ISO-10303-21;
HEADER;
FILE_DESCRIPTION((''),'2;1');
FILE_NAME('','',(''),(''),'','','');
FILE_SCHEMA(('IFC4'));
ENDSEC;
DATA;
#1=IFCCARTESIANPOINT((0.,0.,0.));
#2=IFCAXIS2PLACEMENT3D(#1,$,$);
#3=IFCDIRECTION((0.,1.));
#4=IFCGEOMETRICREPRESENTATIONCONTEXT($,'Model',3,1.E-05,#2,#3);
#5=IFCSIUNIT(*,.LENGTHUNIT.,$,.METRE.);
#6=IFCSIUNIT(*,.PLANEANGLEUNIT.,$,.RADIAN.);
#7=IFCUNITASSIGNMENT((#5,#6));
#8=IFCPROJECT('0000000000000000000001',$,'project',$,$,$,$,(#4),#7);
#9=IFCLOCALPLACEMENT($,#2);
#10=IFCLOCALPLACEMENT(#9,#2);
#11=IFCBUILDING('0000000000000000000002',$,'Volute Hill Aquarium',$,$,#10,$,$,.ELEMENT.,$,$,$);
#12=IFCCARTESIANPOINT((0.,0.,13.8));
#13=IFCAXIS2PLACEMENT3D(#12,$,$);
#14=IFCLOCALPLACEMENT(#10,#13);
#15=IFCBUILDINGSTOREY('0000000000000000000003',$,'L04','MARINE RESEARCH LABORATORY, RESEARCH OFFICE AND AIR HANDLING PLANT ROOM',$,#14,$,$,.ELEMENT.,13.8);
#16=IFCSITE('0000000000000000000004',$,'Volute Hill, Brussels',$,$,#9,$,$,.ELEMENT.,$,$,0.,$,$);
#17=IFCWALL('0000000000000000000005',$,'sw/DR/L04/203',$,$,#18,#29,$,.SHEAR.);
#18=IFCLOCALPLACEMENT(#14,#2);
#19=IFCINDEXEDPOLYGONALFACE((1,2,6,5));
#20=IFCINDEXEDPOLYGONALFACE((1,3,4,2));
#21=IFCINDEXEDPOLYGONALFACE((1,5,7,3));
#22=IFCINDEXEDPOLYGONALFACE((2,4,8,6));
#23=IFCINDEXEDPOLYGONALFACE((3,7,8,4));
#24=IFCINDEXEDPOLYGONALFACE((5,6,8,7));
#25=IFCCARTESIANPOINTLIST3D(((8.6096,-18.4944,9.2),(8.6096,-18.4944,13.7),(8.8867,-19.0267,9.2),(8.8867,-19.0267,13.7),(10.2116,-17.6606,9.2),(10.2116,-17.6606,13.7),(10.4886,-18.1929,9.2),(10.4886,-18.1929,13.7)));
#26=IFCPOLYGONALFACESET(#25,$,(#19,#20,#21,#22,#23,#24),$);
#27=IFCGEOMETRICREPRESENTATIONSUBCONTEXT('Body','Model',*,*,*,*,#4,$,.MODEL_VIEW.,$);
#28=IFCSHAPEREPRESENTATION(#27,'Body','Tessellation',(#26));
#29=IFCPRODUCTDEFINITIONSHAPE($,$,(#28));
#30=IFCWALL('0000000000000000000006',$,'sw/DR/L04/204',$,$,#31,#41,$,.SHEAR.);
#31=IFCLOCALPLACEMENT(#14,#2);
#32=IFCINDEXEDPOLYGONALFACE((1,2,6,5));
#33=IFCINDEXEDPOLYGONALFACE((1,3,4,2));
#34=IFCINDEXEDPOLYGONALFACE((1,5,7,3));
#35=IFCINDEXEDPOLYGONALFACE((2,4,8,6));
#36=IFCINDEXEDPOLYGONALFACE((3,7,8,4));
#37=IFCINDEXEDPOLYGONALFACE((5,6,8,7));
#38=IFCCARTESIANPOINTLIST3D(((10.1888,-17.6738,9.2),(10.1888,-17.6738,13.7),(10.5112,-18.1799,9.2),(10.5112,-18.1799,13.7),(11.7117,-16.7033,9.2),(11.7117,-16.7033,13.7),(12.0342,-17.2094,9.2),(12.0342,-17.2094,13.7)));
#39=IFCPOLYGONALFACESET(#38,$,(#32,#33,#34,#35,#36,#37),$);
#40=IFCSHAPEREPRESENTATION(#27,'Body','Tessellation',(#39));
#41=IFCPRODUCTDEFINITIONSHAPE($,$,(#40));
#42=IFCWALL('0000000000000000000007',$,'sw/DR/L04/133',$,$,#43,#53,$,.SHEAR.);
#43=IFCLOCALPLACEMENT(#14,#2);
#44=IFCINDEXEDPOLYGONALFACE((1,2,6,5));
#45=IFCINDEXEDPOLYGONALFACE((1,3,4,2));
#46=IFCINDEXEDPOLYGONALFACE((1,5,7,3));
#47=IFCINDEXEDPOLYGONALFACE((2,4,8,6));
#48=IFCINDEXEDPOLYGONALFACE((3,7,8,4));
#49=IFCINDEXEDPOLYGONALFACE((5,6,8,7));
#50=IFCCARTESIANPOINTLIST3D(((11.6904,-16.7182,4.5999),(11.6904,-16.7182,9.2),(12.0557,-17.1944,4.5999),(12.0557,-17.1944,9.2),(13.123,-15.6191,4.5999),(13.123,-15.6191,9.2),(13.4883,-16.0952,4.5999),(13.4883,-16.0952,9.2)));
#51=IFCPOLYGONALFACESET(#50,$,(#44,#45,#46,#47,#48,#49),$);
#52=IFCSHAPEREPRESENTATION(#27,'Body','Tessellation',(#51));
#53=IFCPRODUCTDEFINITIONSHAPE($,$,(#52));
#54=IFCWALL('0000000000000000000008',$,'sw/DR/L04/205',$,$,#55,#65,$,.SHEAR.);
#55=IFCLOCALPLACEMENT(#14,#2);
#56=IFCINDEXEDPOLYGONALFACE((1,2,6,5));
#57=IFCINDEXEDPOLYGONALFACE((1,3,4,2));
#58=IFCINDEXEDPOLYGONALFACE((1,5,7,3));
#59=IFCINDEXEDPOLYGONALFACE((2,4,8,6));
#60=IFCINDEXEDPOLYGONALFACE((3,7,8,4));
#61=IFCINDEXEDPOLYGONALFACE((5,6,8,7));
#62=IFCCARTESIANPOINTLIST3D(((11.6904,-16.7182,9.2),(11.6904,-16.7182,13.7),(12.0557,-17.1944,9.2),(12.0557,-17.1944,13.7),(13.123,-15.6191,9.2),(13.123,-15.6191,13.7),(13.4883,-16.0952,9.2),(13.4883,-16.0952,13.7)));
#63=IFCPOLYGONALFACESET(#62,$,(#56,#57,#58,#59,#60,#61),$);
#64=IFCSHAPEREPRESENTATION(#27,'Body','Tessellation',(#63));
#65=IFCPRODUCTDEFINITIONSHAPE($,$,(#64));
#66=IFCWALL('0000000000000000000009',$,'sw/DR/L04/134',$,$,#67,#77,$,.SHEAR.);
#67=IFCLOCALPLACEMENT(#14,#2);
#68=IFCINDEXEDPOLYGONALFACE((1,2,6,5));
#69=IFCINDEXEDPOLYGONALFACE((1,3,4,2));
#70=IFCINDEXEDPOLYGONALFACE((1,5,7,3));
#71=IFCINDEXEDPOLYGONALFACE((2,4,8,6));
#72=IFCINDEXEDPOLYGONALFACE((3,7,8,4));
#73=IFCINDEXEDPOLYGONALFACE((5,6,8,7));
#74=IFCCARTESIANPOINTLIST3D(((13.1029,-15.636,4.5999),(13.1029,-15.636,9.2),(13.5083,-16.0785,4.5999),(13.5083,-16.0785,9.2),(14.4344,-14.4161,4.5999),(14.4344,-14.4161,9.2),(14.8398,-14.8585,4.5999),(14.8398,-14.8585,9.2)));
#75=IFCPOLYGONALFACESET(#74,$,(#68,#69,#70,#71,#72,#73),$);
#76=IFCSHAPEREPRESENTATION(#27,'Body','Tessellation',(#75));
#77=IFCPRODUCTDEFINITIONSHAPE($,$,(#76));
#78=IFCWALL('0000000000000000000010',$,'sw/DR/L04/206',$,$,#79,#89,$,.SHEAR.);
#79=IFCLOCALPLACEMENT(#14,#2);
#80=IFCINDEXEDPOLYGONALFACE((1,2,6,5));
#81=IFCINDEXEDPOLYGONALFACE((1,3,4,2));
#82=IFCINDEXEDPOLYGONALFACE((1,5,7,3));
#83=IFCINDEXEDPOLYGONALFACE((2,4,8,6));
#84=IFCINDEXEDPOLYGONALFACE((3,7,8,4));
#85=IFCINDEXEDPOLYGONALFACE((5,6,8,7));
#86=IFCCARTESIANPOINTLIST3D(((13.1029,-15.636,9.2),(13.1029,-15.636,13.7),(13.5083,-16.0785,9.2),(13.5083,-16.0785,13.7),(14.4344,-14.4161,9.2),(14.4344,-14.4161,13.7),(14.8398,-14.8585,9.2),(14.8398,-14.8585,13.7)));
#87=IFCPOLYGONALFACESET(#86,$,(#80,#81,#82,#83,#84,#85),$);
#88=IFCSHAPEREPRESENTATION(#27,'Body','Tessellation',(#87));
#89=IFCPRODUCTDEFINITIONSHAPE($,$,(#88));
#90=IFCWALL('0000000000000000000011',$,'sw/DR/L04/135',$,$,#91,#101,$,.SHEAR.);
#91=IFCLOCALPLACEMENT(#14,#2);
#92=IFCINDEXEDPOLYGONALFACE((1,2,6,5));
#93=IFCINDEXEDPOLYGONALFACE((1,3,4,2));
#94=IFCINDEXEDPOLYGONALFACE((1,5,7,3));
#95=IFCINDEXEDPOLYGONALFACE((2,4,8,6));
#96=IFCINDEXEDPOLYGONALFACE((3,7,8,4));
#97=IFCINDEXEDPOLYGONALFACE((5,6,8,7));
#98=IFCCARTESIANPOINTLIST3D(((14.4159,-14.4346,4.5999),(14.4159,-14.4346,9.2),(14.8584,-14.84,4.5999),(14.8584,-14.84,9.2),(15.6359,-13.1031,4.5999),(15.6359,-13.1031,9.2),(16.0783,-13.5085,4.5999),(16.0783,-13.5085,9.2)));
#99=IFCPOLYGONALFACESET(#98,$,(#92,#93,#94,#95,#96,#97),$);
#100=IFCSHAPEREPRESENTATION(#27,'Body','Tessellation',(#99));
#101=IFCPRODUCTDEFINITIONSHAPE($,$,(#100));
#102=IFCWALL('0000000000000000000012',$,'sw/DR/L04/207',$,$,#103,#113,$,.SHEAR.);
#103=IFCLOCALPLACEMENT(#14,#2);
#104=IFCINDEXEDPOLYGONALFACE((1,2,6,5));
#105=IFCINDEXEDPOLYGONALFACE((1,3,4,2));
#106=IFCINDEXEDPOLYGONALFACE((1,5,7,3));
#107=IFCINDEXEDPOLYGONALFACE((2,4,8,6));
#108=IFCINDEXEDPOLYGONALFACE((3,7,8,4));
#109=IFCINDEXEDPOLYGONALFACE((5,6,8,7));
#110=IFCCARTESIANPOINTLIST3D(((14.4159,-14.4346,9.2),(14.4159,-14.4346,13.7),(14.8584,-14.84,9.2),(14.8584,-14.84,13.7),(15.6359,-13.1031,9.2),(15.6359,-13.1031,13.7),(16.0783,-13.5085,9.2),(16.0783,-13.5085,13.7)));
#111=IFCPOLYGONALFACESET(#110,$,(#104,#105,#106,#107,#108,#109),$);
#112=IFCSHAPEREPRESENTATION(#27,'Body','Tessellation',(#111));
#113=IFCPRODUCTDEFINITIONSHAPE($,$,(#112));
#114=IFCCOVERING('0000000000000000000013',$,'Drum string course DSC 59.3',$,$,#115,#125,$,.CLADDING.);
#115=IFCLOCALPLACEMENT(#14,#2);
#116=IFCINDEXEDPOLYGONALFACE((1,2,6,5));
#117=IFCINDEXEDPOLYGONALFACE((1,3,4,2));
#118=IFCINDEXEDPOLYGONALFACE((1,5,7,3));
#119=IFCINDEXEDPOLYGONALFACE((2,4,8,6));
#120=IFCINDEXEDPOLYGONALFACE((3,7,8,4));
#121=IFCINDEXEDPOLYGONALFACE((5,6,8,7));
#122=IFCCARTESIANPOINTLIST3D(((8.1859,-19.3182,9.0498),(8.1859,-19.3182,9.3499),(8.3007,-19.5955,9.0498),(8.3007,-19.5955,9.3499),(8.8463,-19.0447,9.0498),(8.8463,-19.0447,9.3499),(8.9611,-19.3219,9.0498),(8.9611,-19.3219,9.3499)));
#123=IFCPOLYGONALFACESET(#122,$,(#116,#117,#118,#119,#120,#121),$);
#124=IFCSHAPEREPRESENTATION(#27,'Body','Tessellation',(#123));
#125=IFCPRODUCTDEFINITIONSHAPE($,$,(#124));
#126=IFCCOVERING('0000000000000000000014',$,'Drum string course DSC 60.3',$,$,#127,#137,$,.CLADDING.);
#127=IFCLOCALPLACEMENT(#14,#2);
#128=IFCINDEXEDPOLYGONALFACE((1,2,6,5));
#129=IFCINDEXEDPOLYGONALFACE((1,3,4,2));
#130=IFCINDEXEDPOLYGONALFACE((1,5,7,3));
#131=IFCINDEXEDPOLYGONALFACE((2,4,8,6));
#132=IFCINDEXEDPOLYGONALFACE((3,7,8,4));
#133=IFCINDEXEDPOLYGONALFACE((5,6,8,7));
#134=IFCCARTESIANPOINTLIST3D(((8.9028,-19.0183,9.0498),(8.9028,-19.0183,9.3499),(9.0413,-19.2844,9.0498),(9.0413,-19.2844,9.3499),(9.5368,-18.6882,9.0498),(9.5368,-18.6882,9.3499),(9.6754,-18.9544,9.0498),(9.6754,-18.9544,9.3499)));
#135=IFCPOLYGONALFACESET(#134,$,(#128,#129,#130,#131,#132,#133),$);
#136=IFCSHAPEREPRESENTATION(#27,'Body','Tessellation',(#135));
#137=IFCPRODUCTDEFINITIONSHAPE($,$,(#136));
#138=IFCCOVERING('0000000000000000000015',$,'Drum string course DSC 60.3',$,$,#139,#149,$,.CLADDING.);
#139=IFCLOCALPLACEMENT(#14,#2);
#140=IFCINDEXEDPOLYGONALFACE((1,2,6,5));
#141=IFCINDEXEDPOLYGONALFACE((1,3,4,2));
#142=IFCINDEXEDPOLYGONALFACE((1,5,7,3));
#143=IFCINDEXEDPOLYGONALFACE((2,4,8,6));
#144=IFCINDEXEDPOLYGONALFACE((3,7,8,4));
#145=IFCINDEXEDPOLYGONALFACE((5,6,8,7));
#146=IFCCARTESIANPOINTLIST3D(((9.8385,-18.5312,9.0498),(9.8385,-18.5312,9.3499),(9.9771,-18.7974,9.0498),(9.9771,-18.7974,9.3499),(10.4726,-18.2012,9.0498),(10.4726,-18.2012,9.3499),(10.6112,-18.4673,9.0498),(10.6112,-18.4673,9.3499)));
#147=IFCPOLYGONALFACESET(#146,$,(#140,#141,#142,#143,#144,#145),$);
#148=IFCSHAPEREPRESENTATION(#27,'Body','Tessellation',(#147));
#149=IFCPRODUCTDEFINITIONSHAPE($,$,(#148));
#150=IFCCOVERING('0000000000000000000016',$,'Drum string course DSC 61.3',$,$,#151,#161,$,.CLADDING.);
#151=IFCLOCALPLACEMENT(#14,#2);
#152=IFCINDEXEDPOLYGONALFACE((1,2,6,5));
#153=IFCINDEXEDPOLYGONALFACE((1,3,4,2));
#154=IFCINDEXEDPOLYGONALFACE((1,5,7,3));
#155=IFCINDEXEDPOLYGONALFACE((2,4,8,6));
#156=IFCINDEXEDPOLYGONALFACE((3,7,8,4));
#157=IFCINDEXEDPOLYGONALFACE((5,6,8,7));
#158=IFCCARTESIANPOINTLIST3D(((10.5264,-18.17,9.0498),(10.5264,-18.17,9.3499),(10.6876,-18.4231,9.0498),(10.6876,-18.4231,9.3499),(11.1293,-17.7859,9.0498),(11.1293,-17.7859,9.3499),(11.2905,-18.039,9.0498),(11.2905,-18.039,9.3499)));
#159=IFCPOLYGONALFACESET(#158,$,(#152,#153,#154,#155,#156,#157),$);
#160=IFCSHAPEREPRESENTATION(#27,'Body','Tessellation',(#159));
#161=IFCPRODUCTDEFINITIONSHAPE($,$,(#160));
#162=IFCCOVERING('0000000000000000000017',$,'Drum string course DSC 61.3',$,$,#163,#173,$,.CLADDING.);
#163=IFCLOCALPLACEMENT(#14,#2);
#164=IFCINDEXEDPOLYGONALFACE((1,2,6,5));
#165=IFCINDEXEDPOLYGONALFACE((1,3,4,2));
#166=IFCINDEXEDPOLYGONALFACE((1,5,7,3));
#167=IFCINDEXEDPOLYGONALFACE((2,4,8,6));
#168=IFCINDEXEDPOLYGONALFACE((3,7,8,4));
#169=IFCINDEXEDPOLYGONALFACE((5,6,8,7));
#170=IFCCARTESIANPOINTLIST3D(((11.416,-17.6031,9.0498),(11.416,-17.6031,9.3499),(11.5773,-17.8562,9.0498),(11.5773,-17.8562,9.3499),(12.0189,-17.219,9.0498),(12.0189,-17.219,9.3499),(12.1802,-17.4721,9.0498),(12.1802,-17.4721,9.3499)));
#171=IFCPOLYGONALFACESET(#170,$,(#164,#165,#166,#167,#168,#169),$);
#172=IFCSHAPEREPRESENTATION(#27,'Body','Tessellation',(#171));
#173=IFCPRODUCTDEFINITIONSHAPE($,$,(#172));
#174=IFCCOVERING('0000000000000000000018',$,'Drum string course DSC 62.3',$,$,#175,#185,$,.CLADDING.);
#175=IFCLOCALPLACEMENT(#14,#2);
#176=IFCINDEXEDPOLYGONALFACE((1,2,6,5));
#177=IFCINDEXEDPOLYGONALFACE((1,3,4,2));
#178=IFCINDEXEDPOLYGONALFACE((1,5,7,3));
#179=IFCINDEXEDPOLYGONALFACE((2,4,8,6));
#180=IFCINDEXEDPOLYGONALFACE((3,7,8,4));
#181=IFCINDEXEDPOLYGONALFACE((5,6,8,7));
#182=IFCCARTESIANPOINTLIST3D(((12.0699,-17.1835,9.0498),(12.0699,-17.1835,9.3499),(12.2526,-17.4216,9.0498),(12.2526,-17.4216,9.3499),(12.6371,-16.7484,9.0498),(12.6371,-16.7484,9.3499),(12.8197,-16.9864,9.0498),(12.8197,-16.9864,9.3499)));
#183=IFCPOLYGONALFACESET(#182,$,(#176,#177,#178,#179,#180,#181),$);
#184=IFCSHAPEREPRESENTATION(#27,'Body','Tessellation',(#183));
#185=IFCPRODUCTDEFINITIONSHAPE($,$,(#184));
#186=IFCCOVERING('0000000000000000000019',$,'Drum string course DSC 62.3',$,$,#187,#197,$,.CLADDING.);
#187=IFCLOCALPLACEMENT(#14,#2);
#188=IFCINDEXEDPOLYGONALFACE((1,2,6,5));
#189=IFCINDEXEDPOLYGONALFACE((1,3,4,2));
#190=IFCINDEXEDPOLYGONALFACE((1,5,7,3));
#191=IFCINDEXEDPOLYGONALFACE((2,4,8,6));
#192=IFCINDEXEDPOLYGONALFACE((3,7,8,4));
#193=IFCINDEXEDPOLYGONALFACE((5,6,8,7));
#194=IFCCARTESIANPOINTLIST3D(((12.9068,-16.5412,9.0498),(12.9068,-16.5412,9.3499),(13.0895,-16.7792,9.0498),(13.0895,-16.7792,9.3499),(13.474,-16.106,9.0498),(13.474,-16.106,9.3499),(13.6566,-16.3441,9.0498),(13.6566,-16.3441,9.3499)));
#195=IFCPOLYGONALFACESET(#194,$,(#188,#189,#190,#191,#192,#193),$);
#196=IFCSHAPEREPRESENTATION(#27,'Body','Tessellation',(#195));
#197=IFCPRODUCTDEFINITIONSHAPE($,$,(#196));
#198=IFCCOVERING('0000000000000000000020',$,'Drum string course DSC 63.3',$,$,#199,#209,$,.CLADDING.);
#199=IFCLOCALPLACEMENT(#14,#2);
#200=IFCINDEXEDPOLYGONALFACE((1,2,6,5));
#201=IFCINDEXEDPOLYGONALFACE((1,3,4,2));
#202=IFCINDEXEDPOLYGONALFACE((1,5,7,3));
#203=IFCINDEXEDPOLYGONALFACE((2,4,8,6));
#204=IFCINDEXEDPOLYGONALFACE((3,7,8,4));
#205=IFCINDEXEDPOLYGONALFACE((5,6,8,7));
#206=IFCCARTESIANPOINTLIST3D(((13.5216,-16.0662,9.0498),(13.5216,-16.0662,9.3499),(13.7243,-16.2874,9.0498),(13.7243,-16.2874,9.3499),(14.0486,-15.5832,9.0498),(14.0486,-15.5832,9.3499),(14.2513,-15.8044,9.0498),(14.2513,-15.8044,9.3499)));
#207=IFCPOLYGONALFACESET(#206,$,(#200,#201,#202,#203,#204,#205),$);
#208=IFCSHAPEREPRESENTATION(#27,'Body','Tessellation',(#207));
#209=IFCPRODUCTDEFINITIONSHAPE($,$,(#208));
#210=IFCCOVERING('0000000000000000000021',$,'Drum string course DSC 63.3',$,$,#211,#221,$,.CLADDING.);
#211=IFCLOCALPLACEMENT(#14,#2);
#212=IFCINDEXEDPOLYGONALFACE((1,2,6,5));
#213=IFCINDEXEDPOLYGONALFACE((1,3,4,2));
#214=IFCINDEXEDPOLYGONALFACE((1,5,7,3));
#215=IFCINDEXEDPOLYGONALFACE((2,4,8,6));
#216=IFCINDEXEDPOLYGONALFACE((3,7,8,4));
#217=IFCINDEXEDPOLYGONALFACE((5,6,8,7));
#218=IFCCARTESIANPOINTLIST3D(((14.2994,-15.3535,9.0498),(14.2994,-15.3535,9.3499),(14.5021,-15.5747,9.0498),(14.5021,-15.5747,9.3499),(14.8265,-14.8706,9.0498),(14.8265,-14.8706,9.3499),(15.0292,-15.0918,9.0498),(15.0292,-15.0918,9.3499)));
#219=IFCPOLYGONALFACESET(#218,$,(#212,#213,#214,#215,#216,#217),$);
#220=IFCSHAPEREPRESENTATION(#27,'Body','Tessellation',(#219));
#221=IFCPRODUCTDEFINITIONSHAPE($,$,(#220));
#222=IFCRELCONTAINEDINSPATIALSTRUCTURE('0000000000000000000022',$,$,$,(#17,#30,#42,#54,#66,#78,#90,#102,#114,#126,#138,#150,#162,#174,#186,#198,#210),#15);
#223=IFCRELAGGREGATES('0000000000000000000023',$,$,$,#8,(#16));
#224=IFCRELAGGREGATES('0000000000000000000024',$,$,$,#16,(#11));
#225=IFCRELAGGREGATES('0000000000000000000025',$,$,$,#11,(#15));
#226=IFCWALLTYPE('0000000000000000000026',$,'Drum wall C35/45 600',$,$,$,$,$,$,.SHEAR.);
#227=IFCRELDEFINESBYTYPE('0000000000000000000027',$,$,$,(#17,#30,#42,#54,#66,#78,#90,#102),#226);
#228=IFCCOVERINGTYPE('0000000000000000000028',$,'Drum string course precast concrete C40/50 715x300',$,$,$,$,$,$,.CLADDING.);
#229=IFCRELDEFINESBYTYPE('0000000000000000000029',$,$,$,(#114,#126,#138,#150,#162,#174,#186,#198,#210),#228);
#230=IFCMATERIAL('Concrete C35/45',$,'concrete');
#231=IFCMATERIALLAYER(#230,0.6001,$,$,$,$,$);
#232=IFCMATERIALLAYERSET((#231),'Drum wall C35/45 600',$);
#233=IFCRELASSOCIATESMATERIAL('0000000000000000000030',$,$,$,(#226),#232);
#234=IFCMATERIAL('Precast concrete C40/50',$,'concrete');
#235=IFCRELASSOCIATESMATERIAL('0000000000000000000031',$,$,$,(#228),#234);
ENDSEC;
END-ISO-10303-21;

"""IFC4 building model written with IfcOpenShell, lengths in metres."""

from ifc_helpers import new_model, si_unit, direction, frame, frame_2d, origin, origin_2d, place, context, subcontext, project, spatial, rectangle, extrude, material, layer, layer_set, type_object, element, save


model = new_model("IFC4")

# Units and contexts
model_context = context("Model", 3, precision=1e-05, world=origin(), true_north=direction((0.0, 1.0)))
body_context = subcontext(model_context, "Body", "Model", "MODEL_VIEW")
ifc_project = project(units=[si_unit("LENGTHUNIT", "METRE"), si_unit("PLANEANGLEUNIT", "RADIAN")], contexts=[model_context])

# Site, building, storey
site_placement = place(None, origin())
site = spatial("IfcSite", under=ifc_project, at=site_placement, Name="Volute Hill, Brussels", CompositionType="ELEMENT", RefElevation=0.0)
building_placement = place(site_placement, origin())
building = spatial("IfcBuilding", under=site, at=building_placement, Name="Volute Hill Aquarium", CompositionType="ELEMENT")
storey_placement = place(building_placement, frame((0.0, 0.0, 13.8)))
storey = spatial("IfcBuildingStorey", under=building, at=storey_placement, Name="L04", Description="MARINE RESEARCH LABORATORY, RESEARCH OFFICE AND AIR HANDLING PLANT ROOM", CompositionType="ELEMENT", Elevation=13.8)

# Walls
ifc_material_1 = material(Name="Concrete C35/45", Category="concrete")
ifc_layer_1 = layer(ifc_material_1, 0.6001)
ifc_layer_set_1 = layer_set([ifc_layer_1], Name="Drum wall C35/45 600")
wall_type = type_object("IfcWallType", Name="Drum wall C35/45 600", PredefinedType="SHEAR", material=ifc_layer_set_1)
for number, where, z_axis, x_axis, name in (
    (1, (8.7483, -18.7605, 9.2), (0.0, 0.0, 1.0), (0.887035, 0.461702, 0.0), "sw/DR/L04/203"),
    (2, (10.3501, -17.9268, 9.2), (0.0, 0.0, 1.0), (0.843333, 0.537392, 0.0), "sw/DR/L04/204"),
):
    element("IfcWall", number, at=place(storey_placement, frame(where, z_axis=z_axis, x_axis=x_axis)), inside=storey, type_object=wall_type, Name=name, PredefinedType="SHEAR", context=body_context, shape_type="SweptSolid", body=[
        extrude(rectangle(XDim=1.8059, YDim=0.6001, at=frame_2d((0.9028, 0.0))), origin(), (0.0, 0.0, 1.0), 4.5),
    ])
wall_1_placement = place(storey_placement, frame((11.873, -16.9563, 4.5999), z_axis=(0.0, 0.0, 1.0), x_axis=(0.793397, 0.608704, 0.0)))
element("IfcWall", 3, at=wall_1_placement, inside=storey, type_object=wall_type, Name="sw/DR/L04/133", PredefinedType="SHEAR", context=body_context, shape_type="SweptSolid", body=[
    extrude(rectangle(XDim=1.8057, YDim=0.6001, at=frame_2d((0.9028, 0.0))), origin(), (0.0, 0.0, 1.0), 4.6001),
])
wall_2_placement = place(storey_placement, frame((11.873, -16.9563, 9.2), z_axis=(0.0, 0.0, 1.0), x_axis=(0.793397, 0.608704, 0.0)))
element("IfcWall", 4, at=wall_2_placement, inside=storey, type_object=wall_type, Name="sw/DR/L04/205", PredefinedType="SHEAR", context=body_context, shape_type="SweptSolid", body=[
    extrude(rectangle(XDim=1.8057, YDim=0.6001, at=frame_2d((0.9028, 0.0))), origin(), (0.0, 0.0, 1.0), 4.5),
])
wall_3_placement = place(storey_placement, frame((13.3057, -15.8572, 4.5999), z_axis=(0.0, 0.0, 1.0), x_axis=(0.737322, 0.675541, 0.0)))
element("IfcWall", 5, at=wall_3_placement, inside=storey, type_object=wall_type, Name="sw/DR/L04/134", PredefinedType="SHEAR", context=body_context, shape_type="SweptSolid", body=[
    extrude(rectangle(XDim=1.8059, YDim=0.6001, at=frame_2d((0.9028, 0.0))), origin(), (0.0, 0.0, 1.0), 4.6001),
])
wall_4_placement = place(storey_placement, frame((13.3057, -15.8572, 9.2), z_axis=(0.0, 0.0, 1.0), x_axis=(0.737322, 0.675541, 0.0)))
element("IfcWall", 6, at=wall_4_placement, inside=storey, type_object=wall_type, Name="sw/DR/L04/206", PredefinedType="SHEAR", context=body_context, shape_type="SweptSolid", body=[
    extrude(rectangle(XDim=1.8059, YDim=0.6001, at=frame_2d((0.9028, 0.0))), origin(), (0.0, 0.0, 1.0), 4.5),
])
wall_5_placement = place(storey_placement, frame((14.6372, -14.6372, 4.5999), z_axis=(0.0, 0.0, 1.0), x_axis=(0.675541, 0.737322, 0.0)))
element("IfcWall", 7, at=wall_5_placement, inside=storey, type_object=wall_type, Name="sw/DR/L04/135", PredefinedType="SHEAR", context=body_context, shape_type="SweptSolid", body=[
    extrude(rectangle(XDim=1.8059, YDim=0.6001, at=frame_2d((0.9028, 0.0))), origin(), (0.0, 0.0, 1.0), 4.6001),
])
wall_6_placement = place(storey_placement, frame((14.6372, -14.6372, 9.2), z_axis=(0.0, 0.0, 1.0), x_axis=(0.675541, 0.737322, 0.0)))
element("IfcWall", 8, at=wall_6_placement, inside=storey, type_object=wall_type, Name="sw/DR/L04/207", PredefinedType="SHEAR", context=body_context, shape_type="SweptSolid", body=[
    extrude(rectangle(XDim=1.8059, YDim=0.6001, at=frame_2d((0.9028, 0.0))), origin(), (0.0, 0.0, 1.0), 4.5),
])

# Coverings
ifc_material_2 = material(Name="Precast concrete C40/50", Category="concrete")
covering_type = type_object("IfcCoveringType", Name="Drum string course precast concrete C40/50 715x300", PredefinedType="CLADDING", material=ifc_material_2)
for number, where, z_axis, x_axis, name in (
    (9, (8.5735, -19.3201, 9.0498), (0.0, 0.0, 1.0), (0.92388, 0.382683, 0.0), "Drum string course DSC 59.3"),
    (10, (9.2891, -18.9863, 9.0498), (0.0, 0.0, 1.0), (0.887011, 0.461749, 0.0), "Drum string course DSC 60.3"),
    (11, (10.2249, -18.4993, 9.0498), (0.0, 0.0, 1.0), (0.887011, 0.461749, 0.0), "Drum string course DSC 60.3"),
    (12, (10.9084, -18.1045, 9.0498), (0.0, 0.0, 1.0), (0.843391, 0.5373, 0.0), "Drum string course DSC 61.3"),
    (13, (11.7981, -17.5376, 9.0498), (0.0, 0.0, 1.0), (0.843391, 0.5373, 0.0), "Drum string course DSC 61.3"),
    (14, (12.4448, -17.085, 9.0498), (0.0, 0.0, 1.0), (0.793353, 0.608761, 0.0), "Drum string course DSC 62.3"),
    (15, (13.2817, -16.4426, 9.0498), (0.0, 0.0, 1.0), (0.793353, 0.608761, 0.0), "Drum string course DSC 62.3"),
    (16, (13.8865, -15.9353, 9.0498), (0.0, 0.0, 1.0), (0.737277, 0.67559, 0.0), "Drum string course DSC 63.3"),
    (17, (14.6643, -15.2227, 9.0498), (0.0, 0.0, 1.0), (0.737277, 0.67559, 0.0), "Drum string course DSC 63.3"),
):
    element("IfcCovering", number, at=place(storey_placement, frame(where, z_axis=z_axis, x_axis=x_axis)), inside=storey, type_object=covering_type, Name=name, PredefinedType="CLADDING", context=body_context, shape_type="SweptSolid", body=[
        extrude(rectangle(XDim=0.7148, YDim=0.3, at=origin_2d()), origin(), (0.0, 0.0, 1.0), 0.3),
    ])

save(model, "model.ifc")
